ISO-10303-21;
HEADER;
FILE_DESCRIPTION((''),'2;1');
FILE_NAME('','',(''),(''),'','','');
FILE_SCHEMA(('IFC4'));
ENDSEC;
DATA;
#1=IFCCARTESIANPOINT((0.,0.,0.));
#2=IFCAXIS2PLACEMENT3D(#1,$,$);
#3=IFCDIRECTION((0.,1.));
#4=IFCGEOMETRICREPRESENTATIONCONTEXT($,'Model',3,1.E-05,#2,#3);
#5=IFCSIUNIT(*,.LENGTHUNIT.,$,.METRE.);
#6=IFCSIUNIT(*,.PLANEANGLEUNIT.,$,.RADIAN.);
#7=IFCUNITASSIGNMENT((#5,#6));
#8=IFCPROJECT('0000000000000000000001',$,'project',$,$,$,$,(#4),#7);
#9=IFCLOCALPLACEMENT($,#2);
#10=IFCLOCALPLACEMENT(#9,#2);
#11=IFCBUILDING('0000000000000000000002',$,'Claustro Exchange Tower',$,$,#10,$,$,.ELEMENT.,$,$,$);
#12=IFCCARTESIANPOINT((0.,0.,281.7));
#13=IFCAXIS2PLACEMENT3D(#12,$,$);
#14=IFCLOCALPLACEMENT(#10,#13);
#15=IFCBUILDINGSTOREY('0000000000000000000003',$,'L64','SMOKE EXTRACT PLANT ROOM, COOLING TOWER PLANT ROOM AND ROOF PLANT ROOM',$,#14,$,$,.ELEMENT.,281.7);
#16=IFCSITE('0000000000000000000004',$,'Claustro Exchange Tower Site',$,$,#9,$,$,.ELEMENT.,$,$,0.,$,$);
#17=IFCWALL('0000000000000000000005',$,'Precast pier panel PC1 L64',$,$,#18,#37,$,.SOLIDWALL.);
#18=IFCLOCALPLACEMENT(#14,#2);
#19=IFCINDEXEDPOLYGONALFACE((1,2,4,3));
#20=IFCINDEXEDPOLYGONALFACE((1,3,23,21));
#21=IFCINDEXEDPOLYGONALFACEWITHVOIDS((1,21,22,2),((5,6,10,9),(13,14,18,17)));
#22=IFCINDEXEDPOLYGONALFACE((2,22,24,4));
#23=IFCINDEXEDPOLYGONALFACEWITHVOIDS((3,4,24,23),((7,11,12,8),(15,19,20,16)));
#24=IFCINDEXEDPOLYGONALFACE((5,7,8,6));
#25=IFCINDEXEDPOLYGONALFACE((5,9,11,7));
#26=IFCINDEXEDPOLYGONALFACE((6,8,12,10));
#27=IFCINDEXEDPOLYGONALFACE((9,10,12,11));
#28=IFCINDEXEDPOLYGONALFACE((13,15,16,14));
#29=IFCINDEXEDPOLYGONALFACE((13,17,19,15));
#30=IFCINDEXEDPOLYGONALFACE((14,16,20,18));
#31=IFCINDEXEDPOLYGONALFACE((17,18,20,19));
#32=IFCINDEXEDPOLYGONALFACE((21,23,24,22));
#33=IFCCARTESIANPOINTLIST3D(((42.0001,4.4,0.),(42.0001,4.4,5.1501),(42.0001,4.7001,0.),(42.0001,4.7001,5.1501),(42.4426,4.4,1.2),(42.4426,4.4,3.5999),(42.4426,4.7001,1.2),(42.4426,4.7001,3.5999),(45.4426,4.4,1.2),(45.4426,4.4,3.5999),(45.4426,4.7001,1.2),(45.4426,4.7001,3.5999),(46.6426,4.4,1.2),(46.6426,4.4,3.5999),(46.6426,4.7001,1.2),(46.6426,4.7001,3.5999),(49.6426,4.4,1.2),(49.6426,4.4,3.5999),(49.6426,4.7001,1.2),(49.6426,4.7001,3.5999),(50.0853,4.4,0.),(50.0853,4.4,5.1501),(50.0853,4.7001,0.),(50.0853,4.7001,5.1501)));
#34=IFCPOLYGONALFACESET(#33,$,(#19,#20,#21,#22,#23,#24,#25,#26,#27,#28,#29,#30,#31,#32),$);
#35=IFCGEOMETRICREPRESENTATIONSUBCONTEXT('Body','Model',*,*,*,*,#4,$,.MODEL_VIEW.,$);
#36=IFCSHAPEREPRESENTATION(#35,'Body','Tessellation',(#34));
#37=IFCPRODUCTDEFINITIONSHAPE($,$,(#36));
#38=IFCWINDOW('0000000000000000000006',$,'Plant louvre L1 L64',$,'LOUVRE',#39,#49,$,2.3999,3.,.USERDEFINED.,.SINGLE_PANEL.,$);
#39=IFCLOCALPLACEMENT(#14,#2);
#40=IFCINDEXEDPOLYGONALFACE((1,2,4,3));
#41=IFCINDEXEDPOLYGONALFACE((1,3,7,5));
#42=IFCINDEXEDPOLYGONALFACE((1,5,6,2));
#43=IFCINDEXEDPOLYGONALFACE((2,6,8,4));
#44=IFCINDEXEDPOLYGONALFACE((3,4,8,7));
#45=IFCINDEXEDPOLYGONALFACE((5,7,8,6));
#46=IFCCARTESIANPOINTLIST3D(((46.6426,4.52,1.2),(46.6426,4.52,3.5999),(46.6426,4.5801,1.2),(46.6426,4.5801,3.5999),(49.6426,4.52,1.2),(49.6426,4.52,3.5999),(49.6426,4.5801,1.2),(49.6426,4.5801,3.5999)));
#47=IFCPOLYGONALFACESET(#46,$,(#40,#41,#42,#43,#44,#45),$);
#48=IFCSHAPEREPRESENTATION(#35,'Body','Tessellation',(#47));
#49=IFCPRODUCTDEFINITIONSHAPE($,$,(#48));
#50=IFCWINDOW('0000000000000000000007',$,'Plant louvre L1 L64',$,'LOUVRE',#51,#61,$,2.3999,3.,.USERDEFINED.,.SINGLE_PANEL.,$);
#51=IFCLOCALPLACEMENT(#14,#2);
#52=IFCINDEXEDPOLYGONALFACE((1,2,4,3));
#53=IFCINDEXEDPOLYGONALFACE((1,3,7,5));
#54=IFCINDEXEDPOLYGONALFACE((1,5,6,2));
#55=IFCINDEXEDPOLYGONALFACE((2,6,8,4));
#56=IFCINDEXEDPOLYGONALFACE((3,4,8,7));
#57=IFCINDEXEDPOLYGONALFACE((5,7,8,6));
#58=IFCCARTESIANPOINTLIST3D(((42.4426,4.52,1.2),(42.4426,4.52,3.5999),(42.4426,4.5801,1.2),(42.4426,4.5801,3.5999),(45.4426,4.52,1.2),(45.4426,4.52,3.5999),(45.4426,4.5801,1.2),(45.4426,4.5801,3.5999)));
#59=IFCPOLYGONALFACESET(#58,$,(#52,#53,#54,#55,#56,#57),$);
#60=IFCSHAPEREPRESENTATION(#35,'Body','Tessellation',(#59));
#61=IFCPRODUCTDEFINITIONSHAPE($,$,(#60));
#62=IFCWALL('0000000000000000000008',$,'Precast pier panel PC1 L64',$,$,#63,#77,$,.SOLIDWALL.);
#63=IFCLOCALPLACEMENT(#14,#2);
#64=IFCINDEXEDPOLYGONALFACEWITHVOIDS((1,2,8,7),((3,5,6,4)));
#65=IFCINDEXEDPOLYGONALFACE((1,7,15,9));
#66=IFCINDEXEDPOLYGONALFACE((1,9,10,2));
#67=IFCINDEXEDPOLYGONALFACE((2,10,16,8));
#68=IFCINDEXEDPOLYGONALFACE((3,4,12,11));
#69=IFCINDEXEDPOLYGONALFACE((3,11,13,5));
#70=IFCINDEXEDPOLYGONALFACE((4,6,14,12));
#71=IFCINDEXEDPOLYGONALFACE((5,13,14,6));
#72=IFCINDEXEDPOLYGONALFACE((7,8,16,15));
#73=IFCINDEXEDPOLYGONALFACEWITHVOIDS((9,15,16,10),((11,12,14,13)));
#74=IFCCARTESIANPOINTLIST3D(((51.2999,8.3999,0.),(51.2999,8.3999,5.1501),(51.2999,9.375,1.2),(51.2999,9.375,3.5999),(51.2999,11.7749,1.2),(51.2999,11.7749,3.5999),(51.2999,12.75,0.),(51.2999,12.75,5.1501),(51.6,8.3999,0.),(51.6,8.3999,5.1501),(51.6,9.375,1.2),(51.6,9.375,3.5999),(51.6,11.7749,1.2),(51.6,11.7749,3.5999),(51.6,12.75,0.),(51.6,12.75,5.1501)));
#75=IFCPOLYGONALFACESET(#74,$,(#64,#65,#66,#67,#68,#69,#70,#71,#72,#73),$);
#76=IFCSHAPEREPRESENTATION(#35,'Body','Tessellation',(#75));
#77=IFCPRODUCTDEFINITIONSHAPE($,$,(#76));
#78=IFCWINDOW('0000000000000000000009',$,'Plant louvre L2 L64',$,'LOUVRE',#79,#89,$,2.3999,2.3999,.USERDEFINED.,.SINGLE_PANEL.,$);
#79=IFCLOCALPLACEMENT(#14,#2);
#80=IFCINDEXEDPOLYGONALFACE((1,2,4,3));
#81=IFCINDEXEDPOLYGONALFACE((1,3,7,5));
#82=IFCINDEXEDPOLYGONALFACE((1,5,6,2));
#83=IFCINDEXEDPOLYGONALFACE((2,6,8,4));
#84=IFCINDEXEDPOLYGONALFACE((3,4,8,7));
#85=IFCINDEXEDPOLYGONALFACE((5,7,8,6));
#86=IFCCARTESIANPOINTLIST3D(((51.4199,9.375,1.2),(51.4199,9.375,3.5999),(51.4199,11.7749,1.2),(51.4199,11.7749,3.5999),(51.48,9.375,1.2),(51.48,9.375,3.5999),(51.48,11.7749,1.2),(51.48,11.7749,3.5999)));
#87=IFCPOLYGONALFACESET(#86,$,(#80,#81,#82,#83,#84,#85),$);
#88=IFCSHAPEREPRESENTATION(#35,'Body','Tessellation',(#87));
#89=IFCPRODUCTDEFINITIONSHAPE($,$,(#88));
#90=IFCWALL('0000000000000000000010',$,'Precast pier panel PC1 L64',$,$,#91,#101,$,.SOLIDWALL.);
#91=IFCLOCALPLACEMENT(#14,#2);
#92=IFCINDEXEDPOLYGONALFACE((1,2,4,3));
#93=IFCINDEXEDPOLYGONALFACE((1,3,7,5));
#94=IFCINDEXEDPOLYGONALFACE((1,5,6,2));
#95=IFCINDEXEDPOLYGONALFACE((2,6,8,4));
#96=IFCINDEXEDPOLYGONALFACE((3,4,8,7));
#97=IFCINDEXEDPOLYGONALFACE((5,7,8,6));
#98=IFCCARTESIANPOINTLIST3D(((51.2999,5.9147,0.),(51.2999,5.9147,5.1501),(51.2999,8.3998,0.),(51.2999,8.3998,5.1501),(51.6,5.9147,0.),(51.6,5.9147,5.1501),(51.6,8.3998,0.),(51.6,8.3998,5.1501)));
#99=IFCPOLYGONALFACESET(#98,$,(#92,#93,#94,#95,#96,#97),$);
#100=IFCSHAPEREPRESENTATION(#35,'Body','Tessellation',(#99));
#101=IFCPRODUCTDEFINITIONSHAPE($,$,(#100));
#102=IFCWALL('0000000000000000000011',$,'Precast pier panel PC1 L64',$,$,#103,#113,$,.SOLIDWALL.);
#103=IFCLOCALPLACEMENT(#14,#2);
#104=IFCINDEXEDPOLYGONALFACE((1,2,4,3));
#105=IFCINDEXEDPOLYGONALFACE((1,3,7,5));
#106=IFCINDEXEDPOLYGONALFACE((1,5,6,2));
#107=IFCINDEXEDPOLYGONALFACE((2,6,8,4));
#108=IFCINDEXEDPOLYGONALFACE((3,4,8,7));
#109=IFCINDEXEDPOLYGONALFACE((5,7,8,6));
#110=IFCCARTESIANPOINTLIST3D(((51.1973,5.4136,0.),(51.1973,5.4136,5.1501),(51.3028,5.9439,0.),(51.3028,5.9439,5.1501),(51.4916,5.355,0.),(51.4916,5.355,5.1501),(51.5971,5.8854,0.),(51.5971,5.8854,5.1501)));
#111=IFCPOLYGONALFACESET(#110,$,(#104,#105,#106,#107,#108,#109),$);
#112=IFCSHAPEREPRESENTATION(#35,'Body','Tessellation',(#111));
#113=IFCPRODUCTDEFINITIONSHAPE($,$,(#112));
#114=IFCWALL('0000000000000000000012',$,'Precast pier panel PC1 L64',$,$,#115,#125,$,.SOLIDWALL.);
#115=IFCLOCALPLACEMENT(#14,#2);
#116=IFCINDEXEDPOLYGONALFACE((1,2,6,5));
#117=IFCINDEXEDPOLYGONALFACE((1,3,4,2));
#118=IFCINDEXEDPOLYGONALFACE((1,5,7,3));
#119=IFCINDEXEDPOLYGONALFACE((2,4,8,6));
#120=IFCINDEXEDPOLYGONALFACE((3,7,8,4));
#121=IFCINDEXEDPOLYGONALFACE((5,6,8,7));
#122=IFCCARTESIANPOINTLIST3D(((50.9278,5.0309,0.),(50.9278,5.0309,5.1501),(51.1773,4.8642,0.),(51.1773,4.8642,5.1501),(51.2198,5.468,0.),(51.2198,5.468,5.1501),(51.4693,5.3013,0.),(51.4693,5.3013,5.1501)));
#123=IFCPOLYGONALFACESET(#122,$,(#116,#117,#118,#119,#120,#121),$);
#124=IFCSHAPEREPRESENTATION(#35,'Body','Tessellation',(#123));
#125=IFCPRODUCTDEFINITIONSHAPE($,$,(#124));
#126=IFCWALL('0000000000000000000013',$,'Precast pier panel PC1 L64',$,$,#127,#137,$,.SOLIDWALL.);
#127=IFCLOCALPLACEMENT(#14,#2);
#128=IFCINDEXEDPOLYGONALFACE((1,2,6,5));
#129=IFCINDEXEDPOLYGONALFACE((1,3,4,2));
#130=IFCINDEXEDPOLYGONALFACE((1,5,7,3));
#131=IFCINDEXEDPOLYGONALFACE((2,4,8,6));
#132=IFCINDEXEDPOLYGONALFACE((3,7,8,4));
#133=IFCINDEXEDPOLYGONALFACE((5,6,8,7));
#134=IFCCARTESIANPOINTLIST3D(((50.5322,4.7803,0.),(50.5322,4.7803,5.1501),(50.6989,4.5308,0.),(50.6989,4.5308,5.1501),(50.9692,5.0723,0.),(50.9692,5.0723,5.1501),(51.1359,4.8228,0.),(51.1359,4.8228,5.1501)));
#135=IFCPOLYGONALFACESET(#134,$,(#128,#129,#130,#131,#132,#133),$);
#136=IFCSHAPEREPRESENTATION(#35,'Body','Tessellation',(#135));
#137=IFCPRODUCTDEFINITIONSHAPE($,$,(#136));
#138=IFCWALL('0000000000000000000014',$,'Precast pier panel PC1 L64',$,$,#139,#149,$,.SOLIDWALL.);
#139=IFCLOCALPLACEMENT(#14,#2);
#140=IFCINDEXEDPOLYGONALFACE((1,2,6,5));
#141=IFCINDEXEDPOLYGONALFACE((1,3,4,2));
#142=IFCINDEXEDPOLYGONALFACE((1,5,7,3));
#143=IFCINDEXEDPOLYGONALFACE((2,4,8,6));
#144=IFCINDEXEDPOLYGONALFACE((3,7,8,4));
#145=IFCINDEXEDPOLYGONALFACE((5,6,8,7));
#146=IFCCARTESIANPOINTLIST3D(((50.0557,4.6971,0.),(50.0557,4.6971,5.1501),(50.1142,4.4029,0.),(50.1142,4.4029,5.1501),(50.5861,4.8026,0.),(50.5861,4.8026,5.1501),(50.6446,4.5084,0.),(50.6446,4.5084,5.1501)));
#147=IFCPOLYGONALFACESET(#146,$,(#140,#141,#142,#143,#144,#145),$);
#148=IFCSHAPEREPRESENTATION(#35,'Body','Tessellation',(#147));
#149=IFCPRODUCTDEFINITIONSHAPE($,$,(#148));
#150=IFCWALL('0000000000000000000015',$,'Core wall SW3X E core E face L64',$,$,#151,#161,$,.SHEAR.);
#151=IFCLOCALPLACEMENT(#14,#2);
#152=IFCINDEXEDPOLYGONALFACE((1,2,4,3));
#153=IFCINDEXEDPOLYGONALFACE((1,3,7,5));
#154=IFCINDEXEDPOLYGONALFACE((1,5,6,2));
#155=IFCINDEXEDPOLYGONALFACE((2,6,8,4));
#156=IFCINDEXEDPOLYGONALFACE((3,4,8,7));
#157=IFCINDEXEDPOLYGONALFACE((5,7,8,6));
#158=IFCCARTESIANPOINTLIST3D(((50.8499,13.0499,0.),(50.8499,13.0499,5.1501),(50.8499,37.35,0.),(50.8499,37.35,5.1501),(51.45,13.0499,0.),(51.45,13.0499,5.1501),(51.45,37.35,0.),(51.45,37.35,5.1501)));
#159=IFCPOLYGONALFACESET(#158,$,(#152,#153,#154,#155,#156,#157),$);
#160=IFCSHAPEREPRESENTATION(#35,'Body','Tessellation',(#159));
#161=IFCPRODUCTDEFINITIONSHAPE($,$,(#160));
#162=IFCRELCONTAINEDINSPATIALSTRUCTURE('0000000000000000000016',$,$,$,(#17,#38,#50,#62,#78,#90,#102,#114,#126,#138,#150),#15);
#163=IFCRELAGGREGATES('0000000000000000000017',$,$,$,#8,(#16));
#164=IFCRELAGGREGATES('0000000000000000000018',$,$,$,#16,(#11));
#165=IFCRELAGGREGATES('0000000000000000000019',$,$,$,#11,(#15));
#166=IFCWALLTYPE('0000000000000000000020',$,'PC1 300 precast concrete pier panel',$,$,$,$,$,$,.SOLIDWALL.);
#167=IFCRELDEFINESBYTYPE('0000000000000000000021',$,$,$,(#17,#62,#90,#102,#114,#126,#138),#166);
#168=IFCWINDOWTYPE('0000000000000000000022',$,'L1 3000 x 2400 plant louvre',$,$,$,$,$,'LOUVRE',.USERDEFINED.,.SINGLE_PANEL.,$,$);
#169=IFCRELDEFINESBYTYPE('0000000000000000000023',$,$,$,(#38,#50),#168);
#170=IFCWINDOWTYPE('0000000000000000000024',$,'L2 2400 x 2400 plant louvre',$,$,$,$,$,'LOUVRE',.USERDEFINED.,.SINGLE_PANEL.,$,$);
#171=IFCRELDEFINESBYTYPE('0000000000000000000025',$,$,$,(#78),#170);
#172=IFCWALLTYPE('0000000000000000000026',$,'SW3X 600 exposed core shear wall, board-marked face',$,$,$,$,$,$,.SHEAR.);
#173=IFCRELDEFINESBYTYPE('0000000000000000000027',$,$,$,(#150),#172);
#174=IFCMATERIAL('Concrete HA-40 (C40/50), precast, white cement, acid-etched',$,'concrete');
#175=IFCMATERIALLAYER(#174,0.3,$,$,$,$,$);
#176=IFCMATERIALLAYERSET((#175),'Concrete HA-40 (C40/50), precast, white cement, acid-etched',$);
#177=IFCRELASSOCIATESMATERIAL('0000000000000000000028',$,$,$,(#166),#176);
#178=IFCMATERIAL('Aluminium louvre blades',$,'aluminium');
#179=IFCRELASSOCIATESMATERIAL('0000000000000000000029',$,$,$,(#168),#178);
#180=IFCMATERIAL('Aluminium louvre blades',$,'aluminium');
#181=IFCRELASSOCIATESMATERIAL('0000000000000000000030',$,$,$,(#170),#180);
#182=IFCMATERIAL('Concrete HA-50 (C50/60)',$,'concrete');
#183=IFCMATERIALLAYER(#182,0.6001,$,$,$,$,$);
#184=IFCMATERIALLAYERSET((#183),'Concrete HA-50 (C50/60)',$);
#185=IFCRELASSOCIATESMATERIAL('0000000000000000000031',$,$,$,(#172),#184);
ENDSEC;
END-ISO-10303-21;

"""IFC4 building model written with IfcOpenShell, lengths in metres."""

from ifc_helpers import new_model, si_unit, direction, frame, frame_2d, origin, place, context, subcontext, project, spatial, rectangle, extrude, material, layer, layer_set, type_object, element, fill, save


model = new_model("IFC4")

# Units and contexts
model_context = context("Model", 3, precision=1e-05, world=origin(), true_north=direction((0.0, 1.0)))
body_context = subcontext(model_context, "Body", "Model", "MODEL_VIEW")
ifc_project = project(units=[si_unit("LENGTHUNIT", "METRE"), si_unit("PLANEANGLEUNIT", "RADIAN")], contexts=[model_context])

# Site, building, storey
site_placement = place(None, origin())
site = spatial("IfcSite", under=ifc_project, at=site_placement, Name="Claustro Exchange Tower Site", CompositionType="ELEMENT", RefElevation=0.0)
building_placement = place(site_placement, origin())
building = spatial("IfcBuilding", under=site, at=building_placement, Name="Claustro Exchange Tower", CompositionType="ELEMENT")
storey_placement = place(building_placement, frame((0.0, 0.0, 281.7)))
storey = spatial("IfcBuildingStorey", under=building, at=storey_placement, Name="L64", Description="SMOKE EXTRACT PLANT ROOM, COOLING TOWER PLANT ROOM AND ROOF PLANT ROOM", CompositionType="ELEMENT", Elevation=281.7)

# Wall, openings, windows
ifc_material_1 = material(Name="Concrete HA-40 (C40/50), precast, white cement, acid-etched", Category="concrete")
ifc_layer_1 = layer(ifc_material_1, 0.3)
ifc_layer_set_1 = layer_set([ifc_layer_1], Name="Concrete HA-40 (C40/50), precast, white cement, acid-etched")
wall_type_1 = type_object("IfcWallType", Name="PC1 300 precast concrete pier panel", PredefinedType="SOLIDWALL", material=ifc_layer_set_1)
wall_1_placement = place(storey_placement, frame((50.0852, 4.55, 0.0), z_axis=(0.0, 0.0, 1.0), x_axis=(-1.0, 0.0, 0.0)))
wall_1 = element("IfcWall", 1, at=wall_1_placement, inside=storey, type_object=wall_type_1, Name="Precast pier panel PC1 L64", PredefinedType="SOLIDWALL", context=body_context, shape_type="SweptSolid", body=[
    extrude(rectangle(XDim=8.0852, YDim=0.3, at=frame_2d((4.0425, 0.0))), origin(), (0.0, 0.0, 1.0), 5.1501),
])
opening_1_placement = place(wall_1_placement, frame((0.4426, 0.0, 1.2)))
opening_1 = element("IfcOpeningElement", 2, at=opening_1_placement, cuts=wall_1, PredefinedType="OPENING", context=body_context, shape_type="SweptSolid", body=[
    extrude(rectangle(XDim=3.0, YDim=2.3999, at=frame_2d((1.5, 1.2))), frame((0.0, 0.1599, 0.0), z_axis=(0.0, -1.0, 0.0), x_axis=(1.0, 0.0, 0.0)), (0.0, 0.0, 1.0), 0.3201),
])
opening_2_placement = place(wall_1_placement, frame((4.6426, 0.0, 1.2)))
opening_2 = element("IfcOpeningElement", 3, at=opening_2_placement, cuts=wall_1, PredefinedType="OPENING", context=body_context, shape_type="SweptSolid", body=[
    extrude(rectangle(XDim=3.0, YDim=2.3999, at=frame_2d((1.5, 1.2))), frame((0.0, 0.1599, 0.0), z_axis=(0.0, -1.0, 0.0), x_axis=(1.0, 0.0, 0.0)), (0.0, 0.0, 1.0), 0.3201),
])
ifc_material_2 = material(Name="Aluminium louvre blades", Category="aluminium")
window_type_1 = type_object("IfcWindowType", Name="L1 3000 x 2400 plant louvre", ElementType="LOUVRE", PartitioningType="SINGLE_PANEL", PredefinedType="USERDEFINED", material=ifc_material_2)
window_1_placement = place(opening_1_placement, origin())
window_1 = element("IfcWindow", 4, at=window_1_placement, inside=storey, type_object=window_type_1, Name="Plant louvre L1 L64", ObjectType="LOUVRE", OverallHeight=2.3999, OverallWidth=3.0, PartitioningType="SINGLE_PANEL", PredefinedType="USERDEFINED", context=body_context, shape_type="SweptSolid", body=[
    extrude(rectangle(XDim=3.0, YDim=2.3999, at=frame_2d((1.5, 1.2))), frame((0.0, 0.03, 0.0), z_axis=(0.0, -1.0, 0.0), x_axis=(1.0, 0.0, 0.0)), (0.0, 0.0, 1.0), 0.0601),
])
fill(opening_1, window_1)
window_2_placement = place(opening_2_placement, origin())
window_2 = element("IfcWindow", 5, at=window_2_placement, inside=storey, type_object=window_type_1, Name="Plant louvre L1 L64", ObjectType="LOUVRE", OverallHeight=2.3999, OverallWidth=3.0, PartitioningType="SINGLE_PANEL", PredefinedType="USERDEFINED", context=body_context, shape_type="SweptSolid", body=[
    extrude(rectangle(XDim=3.0, YDim=2.3999, at=frame_2d((1.5, 1.2))), frame((0.0, 0.03, 0.0), z_axis=(0.0, -1.0, 0.0), x_axis=(1.0, 0.0, 0.0)), (0.0, 0.0, 1.0), 0.0601),
])
fill(opening_2, window_2)

# Wall, opening, window
wall_2_placement = place(storey_placement, frame((51.45, 12.75, 0.0), z_axis=(0.0, 0.0, 1.0), x_axis=(0.0, -1.0, 0.0)))
wall_2 = element("IfcWall", 6, at=wall_2_placement, inside=storey, type_object=wall_type_1, Name="Precast pier panel PC1 L64", PredefinedType="SOLIDWALL", context=body_context, shape_type="SweptSolid", body=[
    extrude(rectangle(XDim=4.3501, YDim=0.3, at=frame_2d((2.175, 0.0))), origin(), (0.0, 0.0, 1.0), 5.1501),
])
opening_3_placement = place(wall_2_placement, frame((0.9751, 0.0, 1.2)))
opening_3 = element("IfcOpeningElement", 7, at=opening_3_placement, cuts=wall_2, PredefinedType="OPENING", context=body_context, shape_type="SweptSolid", body=[
    extrude(rectangle(XDim=2.3999, YDim=2.3999, at=frame_2d((1.2, 1.2))), frame((0.0, 0.1599, 0.0), z_axis=(0.0, -1.0, 0.0), x_axis=(1.0, 0.0, 0.0)), (0.0, 0.0, 1.0), 0.3201),
])
ifc_material_3 = material(Name="Aluminium louvre blades", Category="aluminium")
window_type_2 = type_object("IfcWindowType", Name="L2 2400 x 2400 plant louvre", ElementType="LOUVRE", PartitioningType="SINGLE_PANEL", PredefinedType="USERDEFINED", material=ifc_material_3)
window_3_placement = place(opening_3_placement, origin())
window_3 = element("IfcWindow", 8, at=window_3_placement, inside=storey, type_object=window_type_2, Name="Plant louvre L2 L64", ObjectType="LOUVRE", OverallHeight=2.3999, OverallWidth=2.3999, PartitioningType="SINGLE_PANEL", PredefinedType="USERDEFINED", context=body_context, shape_type="SweptSolid", body=[
    extrude(rectangle(XDim=2.3999, YDim=2.3999, at=frame_2d((1.2, 1.2))), frame((0.0, 0.03, 0.0), z_axis=(0.0, -1.0, 0.0), x_axis=(1.0, 0.0, 0.0)), (0.0, 0.0, 1.0), 0.0601),
])
fill(opening_3, window_3)

# Walls
wall_3_placement = place(storey_placement, frame((51.45, 8.3999, 0.0), z_axis=(0.0, 0.0, 1.0), x_axis=(0.0, -1.0, 0.0)))
element("IfcWall", 9, at=wall_3_placement, inside=storey, type_object=wall_type_1, Name="Precast pier panel PC1 L64", PredefinedType="SOLIDWALL", context=body_context, shape_type="SweptSolid", body=[
    extrude(rectangle(XDim=2.4851, YDim=0.3, at=frame_2d((1.2427, 0.0))), origin(), (0.0, 0.0, 1.0), 5.1501),
])
wall_4_placement = place(storey_placement, frame((51.45, 5.9148, 0.0), z_axis=(0.0, 0.0, 1.0), x_axis=(-0.195074, -0.980789, 0.0)))
element("IfcWall", 10, at=wall_4_placement, inside=storey, type_object=wall_type_1, Name="Precast pier panel PC1 L64", PredefinedType="SOLIDWALL", context=body_context, shape_type="SweptSolid", body=[
    extrude(rectangle(XDim=0.5408, YDim=0.3, at=frame_2d((0.2705, 0.0))), origin(), (0.0, 0.0, 1.0), 5.1501),
])
for number, where, z_axis, x_axis, name in (
    (11, (51.3445, 5.3845, 0.0), (0.0, 0.0, 1.0), (-0.555557, -0.831478, 0.0), "Precast pier panel PC1 L64"),
    (12, (51.0525, 4.9475, 0.0), (0.0, 0.0, 1.0), (-0.831478, -0.555557, 0.0), "Precast pier panel PC1 L64"),
):
    element("IfcWall", number, at=place(storey_placement, frame(where, z_axis=z_axis, x_axis=x_axis)), inside=storey, type_object=wall_type_1, Name=name, PredefinedType="SOLIDWALL", context=body_context, shape_type="SweptSolid", body=[
        extrude(rectangle(XDim=0.5256, YDim=0.3, at=frame_2d((0.2627, 0.0))), origin(), (0.0, 0.0, 1.0), 5.1501),
    ])
wall_5_placement = place(storey_placement, frame((50.6155, 4.6555, 0.0), z_axis=(0.0, 0.0, 1.0), x_axis=(-0.980789, -0.195074, 0.0)))
element("IfcWall", 13, at=wall_5_placement, inside=storey, type_object=wall_type_1, Name="Precast pier panel PC1 L64", PredefinedType="SOLIDWALL", context=body_context, shape_type="SweptSolid", body=[
    extrude(rectangle(XDim=0.5408, YDim=0.3, at=frame_2d((0.2705, 0.0))), origin(), (0.0, 0.0, 1.0), 5.1501),
])
ifc_material_4 = material(Name="Concrete HA-50 (C50/60)", Category="concrete")
ifc_layer_2 = layer(ifc_material_4, 0.6001)
ifc_layer_set_2 = layer_set([ifc_layer_2], Name="Concrete HA-50 (C50/60)")
wall_type_2 = type_object("IfcWallType", Name="SW3X 600 exposed core shear wall, board-marked face", PredefinedType="SHEAR", material=ifc_layer_set_2)
wall_6_placement = place(storey_placement, frame((51.1499, 13.05, 0.0), z_axis=(0.0, 0.0, 1.0), x_axis=(0.0, 1.0, 0.0)))
element("IfcWall", 14, at=wall_6_placement, inside=storey, type_object=wall_type_2, Name="Core wall SW3X E core E face L64", PredefinedType="SHEAR", context=body_context, shape_type="SweptSolid", body=[
    extrude(rectangle(XDim=24.3, YDim=0.6001, at=frame_2d((12.1499, 0.0))), origin(), (0.0, 0.0, 1.0), 5.1501),
])

save(model, "model.ifc")
